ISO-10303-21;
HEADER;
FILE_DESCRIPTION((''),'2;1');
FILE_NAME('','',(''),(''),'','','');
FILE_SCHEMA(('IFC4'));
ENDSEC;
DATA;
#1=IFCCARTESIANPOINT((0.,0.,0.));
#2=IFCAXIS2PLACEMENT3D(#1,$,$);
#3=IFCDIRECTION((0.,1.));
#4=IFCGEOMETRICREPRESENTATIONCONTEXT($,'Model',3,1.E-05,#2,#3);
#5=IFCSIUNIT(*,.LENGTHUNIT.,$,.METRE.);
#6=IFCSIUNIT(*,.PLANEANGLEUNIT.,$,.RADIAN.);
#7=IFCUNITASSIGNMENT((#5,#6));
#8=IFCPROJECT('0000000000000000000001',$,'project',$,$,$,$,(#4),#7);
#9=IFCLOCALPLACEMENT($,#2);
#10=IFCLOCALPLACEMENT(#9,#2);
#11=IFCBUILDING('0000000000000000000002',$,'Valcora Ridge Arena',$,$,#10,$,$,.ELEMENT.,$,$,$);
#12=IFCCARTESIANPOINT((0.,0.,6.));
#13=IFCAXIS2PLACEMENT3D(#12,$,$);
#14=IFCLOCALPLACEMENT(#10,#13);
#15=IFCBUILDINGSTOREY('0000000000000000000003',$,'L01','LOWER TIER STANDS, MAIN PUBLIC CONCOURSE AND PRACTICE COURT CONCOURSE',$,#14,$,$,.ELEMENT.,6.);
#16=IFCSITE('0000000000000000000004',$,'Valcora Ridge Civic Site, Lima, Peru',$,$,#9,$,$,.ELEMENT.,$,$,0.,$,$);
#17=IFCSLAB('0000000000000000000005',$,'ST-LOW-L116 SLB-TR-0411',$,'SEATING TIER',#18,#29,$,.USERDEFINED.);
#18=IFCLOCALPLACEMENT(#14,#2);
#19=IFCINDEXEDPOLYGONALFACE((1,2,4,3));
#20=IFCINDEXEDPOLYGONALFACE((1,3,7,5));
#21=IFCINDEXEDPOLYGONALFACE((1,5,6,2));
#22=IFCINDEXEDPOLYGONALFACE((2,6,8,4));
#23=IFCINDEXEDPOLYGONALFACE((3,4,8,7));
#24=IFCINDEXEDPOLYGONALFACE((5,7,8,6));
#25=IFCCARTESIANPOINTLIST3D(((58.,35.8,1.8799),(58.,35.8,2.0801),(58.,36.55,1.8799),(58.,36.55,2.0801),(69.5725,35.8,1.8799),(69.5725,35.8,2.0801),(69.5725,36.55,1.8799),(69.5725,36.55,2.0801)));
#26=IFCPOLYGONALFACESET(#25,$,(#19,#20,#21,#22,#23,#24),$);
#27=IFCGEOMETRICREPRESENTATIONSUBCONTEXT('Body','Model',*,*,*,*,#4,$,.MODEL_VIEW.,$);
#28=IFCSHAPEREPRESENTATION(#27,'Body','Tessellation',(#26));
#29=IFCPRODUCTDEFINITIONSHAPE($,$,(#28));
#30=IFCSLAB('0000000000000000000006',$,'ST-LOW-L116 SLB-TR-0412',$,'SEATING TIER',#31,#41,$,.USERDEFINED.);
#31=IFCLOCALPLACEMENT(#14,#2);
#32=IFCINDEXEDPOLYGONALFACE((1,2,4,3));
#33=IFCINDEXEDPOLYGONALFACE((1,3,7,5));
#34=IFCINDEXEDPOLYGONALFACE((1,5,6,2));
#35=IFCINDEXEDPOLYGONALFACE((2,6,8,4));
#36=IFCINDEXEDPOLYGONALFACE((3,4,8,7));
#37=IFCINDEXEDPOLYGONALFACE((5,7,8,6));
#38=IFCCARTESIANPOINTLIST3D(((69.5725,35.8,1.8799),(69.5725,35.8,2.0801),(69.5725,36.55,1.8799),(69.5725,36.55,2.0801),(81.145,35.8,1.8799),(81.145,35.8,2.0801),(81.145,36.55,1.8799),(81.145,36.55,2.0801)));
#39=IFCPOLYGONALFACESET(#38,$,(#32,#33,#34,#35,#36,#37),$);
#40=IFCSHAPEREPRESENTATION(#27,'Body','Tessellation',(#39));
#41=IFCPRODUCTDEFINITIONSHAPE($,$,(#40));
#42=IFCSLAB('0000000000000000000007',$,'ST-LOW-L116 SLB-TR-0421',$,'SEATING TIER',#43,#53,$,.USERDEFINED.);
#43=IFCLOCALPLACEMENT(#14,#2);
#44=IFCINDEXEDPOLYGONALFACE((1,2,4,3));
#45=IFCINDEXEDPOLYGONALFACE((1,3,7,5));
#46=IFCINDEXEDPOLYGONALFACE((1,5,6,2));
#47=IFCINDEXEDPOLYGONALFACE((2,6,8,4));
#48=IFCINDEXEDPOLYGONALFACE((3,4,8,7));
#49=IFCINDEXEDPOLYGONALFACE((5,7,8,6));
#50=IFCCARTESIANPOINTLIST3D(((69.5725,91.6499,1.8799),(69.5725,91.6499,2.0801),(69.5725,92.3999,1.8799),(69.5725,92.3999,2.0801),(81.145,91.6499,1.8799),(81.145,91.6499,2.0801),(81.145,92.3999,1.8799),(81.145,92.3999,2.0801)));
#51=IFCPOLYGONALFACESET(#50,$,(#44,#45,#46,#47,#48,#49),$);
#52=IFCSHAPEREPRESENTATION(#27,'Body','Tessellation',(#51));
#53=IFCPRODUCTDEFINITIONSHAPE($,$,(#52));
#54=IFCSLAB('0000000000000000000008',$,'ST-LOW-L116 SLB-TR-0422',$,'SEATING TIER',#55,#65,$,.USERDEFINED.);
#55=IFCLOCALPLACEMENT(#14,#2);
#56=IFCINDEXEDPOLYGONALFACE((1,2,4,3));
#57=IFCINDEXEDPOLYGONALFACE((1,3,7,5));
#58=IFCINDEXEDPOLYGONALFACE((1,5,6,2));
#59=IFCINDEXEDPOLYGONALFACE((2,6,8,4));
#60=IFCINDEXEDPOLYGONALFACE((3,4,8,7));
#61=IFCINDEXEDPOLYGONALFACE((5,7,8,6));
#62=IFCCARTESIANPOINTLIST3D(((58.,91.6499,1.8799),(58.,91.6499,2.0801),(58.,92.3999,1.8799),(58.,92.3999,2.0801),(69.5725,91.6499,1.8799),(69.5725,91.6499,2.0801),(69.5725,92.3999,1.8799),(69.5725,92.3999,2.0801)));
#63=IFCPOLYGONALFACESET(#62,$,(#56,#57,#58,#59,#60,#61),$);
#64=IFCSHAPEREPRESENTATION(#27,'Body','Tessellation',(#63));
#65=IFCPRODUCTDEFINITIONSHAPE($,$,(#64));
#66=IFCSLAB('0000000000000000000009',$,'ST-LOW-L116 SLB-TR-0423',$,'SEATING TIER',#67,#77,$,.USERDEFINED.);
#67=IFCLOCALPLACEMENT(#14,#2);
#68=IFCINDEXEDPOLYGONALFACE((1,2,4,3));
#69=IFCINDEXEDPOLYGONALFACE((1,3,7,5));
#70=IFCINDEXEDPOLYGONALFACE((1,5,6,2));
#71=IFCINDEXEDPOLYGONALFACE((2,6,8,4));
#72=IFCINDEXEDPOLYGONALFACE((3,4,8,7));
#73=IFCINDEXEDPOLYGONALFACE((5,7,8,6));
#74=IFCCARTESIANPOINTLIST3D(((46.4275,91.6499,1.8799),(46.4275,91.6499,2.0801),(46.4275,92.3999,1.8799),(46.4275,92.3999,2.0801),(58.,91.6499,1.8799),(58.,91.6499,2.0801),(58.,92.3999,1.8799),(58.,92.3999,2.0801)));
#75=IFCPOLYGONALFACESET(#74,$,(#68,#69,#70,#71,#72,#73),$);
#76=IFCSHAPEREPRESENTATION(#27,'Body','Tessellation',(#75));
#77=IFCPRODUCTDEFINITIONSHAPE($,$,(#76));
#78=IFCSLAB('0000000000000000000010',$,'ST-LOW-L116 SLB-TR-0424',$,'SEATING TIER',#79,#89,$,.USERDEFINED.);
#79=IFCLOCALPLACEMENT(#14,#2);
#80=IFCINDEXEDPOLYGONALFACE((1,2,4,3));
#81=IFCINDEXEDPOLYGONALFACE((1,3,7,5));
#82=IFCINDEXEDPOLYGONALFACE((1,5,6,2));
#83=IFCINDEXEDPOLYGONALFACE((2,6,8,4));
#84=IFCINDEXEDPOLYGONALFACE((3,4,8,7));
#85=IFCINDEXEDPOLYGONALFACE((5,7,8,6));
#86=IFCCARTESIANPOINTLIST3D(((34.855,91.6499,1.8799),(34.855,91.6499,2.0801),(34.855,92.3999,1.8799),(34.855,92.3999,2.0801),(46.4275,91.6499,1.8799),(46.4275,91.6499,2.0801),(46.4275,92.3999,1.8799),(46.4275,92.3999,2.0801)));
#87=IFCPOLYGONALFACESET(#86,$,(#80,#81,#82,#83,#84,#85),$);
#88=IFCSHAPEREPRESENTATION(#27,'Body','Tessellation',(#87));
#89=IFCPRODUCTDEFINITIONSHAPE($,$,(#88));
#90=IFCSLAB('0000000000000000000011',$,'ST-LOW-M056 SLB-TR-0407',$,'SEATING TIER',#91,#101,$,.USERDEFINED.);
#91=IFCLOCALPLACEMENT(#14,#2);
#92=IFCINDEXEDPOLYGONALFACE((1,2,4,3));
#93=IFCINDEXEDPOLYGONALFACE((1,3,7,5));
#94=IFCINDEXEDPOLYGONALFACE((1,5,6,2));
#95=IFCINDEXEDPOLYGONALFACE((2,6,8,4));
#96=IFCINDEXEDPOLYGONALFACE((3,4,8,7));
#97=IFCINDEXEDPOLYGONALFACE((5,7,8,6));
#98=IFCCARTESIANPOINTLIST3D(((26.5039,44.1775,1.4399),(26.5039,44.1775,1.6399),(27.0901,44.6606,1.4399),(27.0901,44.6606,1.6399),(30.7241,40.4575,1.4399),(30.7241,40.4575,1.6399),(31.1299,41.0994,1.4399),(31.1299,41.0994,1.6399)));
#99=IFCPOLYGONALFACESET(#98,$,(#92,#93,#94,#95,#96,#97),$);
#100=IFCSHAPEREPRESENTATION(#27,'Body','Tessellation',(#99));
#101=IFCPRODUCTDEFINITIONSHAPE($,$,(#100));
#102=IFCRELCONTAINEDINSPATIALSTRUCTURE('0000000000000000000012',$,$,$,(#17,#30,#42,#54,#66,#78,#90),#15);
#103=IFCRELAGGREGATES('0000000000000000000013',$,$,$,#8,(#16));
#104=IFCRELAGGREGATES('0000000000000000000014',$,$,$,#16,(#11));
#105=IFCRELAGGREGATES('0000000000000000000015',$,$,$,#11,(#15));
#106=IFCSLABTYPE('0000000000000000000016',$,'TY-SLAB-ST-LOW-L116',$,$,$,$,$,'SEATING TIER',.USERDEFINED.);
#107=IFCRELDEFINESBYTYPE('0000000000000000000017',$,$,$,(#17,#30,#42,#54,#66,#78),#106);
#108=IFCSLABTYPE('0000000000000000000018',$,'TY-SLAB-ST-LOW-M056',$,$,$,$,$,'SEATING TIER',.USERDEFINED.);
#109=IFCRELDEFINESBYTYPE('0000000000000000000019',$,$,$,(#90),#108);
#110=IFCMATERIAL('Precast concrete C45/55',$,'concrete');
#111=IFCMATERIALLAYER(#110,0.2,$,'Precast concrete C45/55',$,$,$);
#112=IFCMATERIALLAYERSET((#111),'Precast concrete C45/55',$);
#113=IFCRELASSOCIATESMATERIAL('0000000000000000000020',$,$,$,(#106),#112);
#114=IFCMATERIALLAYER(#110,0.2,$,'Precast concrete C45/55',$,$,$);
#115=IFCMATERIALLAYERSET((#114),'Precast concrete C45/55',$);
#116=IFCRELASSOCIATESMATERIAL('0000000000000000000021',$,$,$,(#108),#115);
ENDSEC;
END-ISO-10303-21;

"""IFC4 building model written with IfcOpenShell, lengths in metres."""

from ifc_helpers import new_model, si_unit, direction, frame, origin, place, context, subcontext, project, spatial, polyline, outline, extrude, material, layer, layer_set, type_object, element, save


model = new_model("IFC4")

# Units and contexts
model_context = context("Model", 3, precision=1e-05, world=origin(), true_north=direction((0.0, 1.0)))
body_context = subcontext(model_context, "Body", "Model", "MODEL_VIEW")
ifc_project = project(units=[si_unit("LENGTHUNIT", "METRE"), si_unit("PLANEANGLEUNIT", "RADIAN")], contexts=[model_context])

# Site, building, storey
site_placement = place(None, origin())
site = spatial("IfcSite", under=ifc_project, at=site_placement, Name="Valcora Ridge Civic Site, Lima, Peru", CompositionType="ELEMENT", RefElevation=0.0)
building_placement = place(site_placement, origin())
building = spatial("IfcBuilding", under=site, at=building_placement, Name="Valcora Ridge Arena", CompositionType="ELEMENT")
storey_placement = place(building_placement, frame((0.0, 0.0, 6.0)))
storey = spatial("IfcBuildingStorey", under=building, at=storey_placement, Name="L01", Description="LOWER TIER STANDS, MAIN PUBLIC CONCOURSE AND PRACTICE COURT CONCOURSE", CompositionType="ELEMENT", Elevation=6.0)

# Slabs
ifc_material = material(Name="Precast concrete C45/55", Category="concrete")
ifc_layer_1 = layer(ifc_material, 0.2, Name="Precast concrete C45/55")
ifc_layer_set_1 = layer_set([ifc_layer_1], Name="Precast concrete C45/55")
slab_type_1 = type_object("IfcSlabType", Name="TY-SLAB-ST-LOW-L116", ElementType="SEATING TIER", PredefinedType="USERDEFINED", material=ifc_layer_set_1)
slab_1_placement = place(storey_placement, frame((0.0, 0.0, 1.8799)))
element("IfcSlab", 1, at=slab_1_placement, inside=storey, type_object=slab_type_1, Name="ST-LOW-L116 SLB-TR-0411", ObjectType="SEATING TIER", PredefinedType="USERDEFINED", context=body_context, shape_type="SweptSolid", body=[
    extrude(outline(polyline([(58.0, 36.55), (69.5725, 36.55), (69.5725, 35.8), (58.0, 35.8), (58.0, 36.55)])), origin(), (0.0, 0.0, 1.0), 0.2002),
])
slab_2_placement = place(storey_placement, frame((0.0, 0.0, 1.8799)))
element("IfcSlab", 2, at=slab_2_placement, inside=storey, type_object=slab_type_1, Name="ST-LOW-L116 SLB-TR-0412", ObjectType="SEATING TIER", PredefinedType="USERDEFINED", context=body_context, shape_type="SweptSolid", body=[
    extrude(outline(polyline([(69.5725, 36.55), (81.145, 36.55), (81.145, 35.8), (69.5725, 35.8), (69.5725, 36.55)])), origin(), (0.0, 0.0, 1.0), 0.2002),
])
slab_3_placement = place(storey_placement, frame((0.0, 0.0, 1.8799)))
element("IfcSlab", 3, at=slab_3_placement, inside=storey, type_object=slab_type_1, Name="ST-LOW-L116 SLB-TR-0421", ObjectType="SEATING TIER", PredefinedType="USERDEFINED", context=body_context, shape_type="SweptSolid", body=[
    extrude(outline(polyline([(81.145, 91.6499), (69.5725, 91.6499), (69.5725, 92.3999), (81.145, 92.3999), (81.145, 91.6499)])), origin(), (0.0, 0.0, 1.0), 0.2002),
])
slab_4_placement = place(storey_placement, frame((0.0, 0.0, 1.8799)))
element("IfcSlab", 4, at=slab_4_placement, inside=storey, type_object=slab_type_1, Name="ST-LOW-L116 SLB-TR-0422", ObjectType="SEATING TIER", PredefinedType="USERDEFINED", context=body_context, shape_type="SweptSolid", body=[
    extrude(outline(polyline([(69.5725, 91.6499), (58.0, 91.6499), (58.0, 92.3999), (69.5725, 92.3999), (69.5725, 91.6499)])), origin(), (0.0, 0.0, 1.0), 0.2002),
])
slab_5_placement = place(storey_placement, frame((0.0, 0.0, 1.8799)))
element("IfcSlab", 5, at=slab_5_placement, inside=storey, type_object=slab_type_1, Name="ST-LOW-L116 SLB-TR-0423", ObjectType="SEATING TIER", PredefinedType="USERDEFINED", context=body_context, shape_type="SweptSolid", body=[
    extrude(outline(polyline([(58.0, 91.6499), (46.4275, 91.6499), (46.4275, 92.3999), (58.0, 92.3999), (58.0, 91.6499)])), origin(), (0.0, 0.0, 1.0), 0.2002),
])
slab_6_placement = place(storey_placement, frame((0.0, 0.0, 1.8799)))
element("IfcSlab", 6, at=slab_6_placement, inside=storey, type_object=slab_type_1, Name="ST-LOW-L116 SLB-TR-0424", ObjectType="SEATING TIER", PredefinedType="USERDEFINED", context=body_context, shape_type="SweptSolid", body=[
    extrude(outline(polyline([(46.4275, 91.6499), (34.855, 91.6499), (34.855, 92.3999), (46.4275, 92.3999), (46.4275, 91.6499)])), origin(), (0.0, 0.0, 1.0), 0.2002),
])
ifc_layer_2 = layer(ifc_material, 0.2, Name="Precast concrete C45/55")
ifc_layer_set_2 = layer_set([ifc_layer_2], Name="Precast concrete C45/55")
slab_type_2 = type_object("IfcSlabType", Name="TY-SLAB-ST-LOW-M056", ElementType="SEATING TIER", PredefinedType="USERDEFINED", material=ifc_layer_set_2)
slab_7_placement = place(storey_placement, frame((0.0, 0.0, 1.4399)))
element("IfcSlab", 7, at=slab_7_placement, inside=storey, type_object=slab_type_2, Name="ST-LOW-M056 SLB-TR-0407", ObjectType="SEATING TIER", PredefinedType="USERDEFINED", context=body_context, shape_type="SweptSolid", body=[
    extrude(outline(polyline([(27.0901, 44.6606), (31.1299, 41.0994), (30.7241, 40.4575), (26.5039, 44.1775), (27.0901, 44.6606)])), origin(), (0.0, 0.0, 1.0), 0.2),
])

save(model, "model.ifc")
